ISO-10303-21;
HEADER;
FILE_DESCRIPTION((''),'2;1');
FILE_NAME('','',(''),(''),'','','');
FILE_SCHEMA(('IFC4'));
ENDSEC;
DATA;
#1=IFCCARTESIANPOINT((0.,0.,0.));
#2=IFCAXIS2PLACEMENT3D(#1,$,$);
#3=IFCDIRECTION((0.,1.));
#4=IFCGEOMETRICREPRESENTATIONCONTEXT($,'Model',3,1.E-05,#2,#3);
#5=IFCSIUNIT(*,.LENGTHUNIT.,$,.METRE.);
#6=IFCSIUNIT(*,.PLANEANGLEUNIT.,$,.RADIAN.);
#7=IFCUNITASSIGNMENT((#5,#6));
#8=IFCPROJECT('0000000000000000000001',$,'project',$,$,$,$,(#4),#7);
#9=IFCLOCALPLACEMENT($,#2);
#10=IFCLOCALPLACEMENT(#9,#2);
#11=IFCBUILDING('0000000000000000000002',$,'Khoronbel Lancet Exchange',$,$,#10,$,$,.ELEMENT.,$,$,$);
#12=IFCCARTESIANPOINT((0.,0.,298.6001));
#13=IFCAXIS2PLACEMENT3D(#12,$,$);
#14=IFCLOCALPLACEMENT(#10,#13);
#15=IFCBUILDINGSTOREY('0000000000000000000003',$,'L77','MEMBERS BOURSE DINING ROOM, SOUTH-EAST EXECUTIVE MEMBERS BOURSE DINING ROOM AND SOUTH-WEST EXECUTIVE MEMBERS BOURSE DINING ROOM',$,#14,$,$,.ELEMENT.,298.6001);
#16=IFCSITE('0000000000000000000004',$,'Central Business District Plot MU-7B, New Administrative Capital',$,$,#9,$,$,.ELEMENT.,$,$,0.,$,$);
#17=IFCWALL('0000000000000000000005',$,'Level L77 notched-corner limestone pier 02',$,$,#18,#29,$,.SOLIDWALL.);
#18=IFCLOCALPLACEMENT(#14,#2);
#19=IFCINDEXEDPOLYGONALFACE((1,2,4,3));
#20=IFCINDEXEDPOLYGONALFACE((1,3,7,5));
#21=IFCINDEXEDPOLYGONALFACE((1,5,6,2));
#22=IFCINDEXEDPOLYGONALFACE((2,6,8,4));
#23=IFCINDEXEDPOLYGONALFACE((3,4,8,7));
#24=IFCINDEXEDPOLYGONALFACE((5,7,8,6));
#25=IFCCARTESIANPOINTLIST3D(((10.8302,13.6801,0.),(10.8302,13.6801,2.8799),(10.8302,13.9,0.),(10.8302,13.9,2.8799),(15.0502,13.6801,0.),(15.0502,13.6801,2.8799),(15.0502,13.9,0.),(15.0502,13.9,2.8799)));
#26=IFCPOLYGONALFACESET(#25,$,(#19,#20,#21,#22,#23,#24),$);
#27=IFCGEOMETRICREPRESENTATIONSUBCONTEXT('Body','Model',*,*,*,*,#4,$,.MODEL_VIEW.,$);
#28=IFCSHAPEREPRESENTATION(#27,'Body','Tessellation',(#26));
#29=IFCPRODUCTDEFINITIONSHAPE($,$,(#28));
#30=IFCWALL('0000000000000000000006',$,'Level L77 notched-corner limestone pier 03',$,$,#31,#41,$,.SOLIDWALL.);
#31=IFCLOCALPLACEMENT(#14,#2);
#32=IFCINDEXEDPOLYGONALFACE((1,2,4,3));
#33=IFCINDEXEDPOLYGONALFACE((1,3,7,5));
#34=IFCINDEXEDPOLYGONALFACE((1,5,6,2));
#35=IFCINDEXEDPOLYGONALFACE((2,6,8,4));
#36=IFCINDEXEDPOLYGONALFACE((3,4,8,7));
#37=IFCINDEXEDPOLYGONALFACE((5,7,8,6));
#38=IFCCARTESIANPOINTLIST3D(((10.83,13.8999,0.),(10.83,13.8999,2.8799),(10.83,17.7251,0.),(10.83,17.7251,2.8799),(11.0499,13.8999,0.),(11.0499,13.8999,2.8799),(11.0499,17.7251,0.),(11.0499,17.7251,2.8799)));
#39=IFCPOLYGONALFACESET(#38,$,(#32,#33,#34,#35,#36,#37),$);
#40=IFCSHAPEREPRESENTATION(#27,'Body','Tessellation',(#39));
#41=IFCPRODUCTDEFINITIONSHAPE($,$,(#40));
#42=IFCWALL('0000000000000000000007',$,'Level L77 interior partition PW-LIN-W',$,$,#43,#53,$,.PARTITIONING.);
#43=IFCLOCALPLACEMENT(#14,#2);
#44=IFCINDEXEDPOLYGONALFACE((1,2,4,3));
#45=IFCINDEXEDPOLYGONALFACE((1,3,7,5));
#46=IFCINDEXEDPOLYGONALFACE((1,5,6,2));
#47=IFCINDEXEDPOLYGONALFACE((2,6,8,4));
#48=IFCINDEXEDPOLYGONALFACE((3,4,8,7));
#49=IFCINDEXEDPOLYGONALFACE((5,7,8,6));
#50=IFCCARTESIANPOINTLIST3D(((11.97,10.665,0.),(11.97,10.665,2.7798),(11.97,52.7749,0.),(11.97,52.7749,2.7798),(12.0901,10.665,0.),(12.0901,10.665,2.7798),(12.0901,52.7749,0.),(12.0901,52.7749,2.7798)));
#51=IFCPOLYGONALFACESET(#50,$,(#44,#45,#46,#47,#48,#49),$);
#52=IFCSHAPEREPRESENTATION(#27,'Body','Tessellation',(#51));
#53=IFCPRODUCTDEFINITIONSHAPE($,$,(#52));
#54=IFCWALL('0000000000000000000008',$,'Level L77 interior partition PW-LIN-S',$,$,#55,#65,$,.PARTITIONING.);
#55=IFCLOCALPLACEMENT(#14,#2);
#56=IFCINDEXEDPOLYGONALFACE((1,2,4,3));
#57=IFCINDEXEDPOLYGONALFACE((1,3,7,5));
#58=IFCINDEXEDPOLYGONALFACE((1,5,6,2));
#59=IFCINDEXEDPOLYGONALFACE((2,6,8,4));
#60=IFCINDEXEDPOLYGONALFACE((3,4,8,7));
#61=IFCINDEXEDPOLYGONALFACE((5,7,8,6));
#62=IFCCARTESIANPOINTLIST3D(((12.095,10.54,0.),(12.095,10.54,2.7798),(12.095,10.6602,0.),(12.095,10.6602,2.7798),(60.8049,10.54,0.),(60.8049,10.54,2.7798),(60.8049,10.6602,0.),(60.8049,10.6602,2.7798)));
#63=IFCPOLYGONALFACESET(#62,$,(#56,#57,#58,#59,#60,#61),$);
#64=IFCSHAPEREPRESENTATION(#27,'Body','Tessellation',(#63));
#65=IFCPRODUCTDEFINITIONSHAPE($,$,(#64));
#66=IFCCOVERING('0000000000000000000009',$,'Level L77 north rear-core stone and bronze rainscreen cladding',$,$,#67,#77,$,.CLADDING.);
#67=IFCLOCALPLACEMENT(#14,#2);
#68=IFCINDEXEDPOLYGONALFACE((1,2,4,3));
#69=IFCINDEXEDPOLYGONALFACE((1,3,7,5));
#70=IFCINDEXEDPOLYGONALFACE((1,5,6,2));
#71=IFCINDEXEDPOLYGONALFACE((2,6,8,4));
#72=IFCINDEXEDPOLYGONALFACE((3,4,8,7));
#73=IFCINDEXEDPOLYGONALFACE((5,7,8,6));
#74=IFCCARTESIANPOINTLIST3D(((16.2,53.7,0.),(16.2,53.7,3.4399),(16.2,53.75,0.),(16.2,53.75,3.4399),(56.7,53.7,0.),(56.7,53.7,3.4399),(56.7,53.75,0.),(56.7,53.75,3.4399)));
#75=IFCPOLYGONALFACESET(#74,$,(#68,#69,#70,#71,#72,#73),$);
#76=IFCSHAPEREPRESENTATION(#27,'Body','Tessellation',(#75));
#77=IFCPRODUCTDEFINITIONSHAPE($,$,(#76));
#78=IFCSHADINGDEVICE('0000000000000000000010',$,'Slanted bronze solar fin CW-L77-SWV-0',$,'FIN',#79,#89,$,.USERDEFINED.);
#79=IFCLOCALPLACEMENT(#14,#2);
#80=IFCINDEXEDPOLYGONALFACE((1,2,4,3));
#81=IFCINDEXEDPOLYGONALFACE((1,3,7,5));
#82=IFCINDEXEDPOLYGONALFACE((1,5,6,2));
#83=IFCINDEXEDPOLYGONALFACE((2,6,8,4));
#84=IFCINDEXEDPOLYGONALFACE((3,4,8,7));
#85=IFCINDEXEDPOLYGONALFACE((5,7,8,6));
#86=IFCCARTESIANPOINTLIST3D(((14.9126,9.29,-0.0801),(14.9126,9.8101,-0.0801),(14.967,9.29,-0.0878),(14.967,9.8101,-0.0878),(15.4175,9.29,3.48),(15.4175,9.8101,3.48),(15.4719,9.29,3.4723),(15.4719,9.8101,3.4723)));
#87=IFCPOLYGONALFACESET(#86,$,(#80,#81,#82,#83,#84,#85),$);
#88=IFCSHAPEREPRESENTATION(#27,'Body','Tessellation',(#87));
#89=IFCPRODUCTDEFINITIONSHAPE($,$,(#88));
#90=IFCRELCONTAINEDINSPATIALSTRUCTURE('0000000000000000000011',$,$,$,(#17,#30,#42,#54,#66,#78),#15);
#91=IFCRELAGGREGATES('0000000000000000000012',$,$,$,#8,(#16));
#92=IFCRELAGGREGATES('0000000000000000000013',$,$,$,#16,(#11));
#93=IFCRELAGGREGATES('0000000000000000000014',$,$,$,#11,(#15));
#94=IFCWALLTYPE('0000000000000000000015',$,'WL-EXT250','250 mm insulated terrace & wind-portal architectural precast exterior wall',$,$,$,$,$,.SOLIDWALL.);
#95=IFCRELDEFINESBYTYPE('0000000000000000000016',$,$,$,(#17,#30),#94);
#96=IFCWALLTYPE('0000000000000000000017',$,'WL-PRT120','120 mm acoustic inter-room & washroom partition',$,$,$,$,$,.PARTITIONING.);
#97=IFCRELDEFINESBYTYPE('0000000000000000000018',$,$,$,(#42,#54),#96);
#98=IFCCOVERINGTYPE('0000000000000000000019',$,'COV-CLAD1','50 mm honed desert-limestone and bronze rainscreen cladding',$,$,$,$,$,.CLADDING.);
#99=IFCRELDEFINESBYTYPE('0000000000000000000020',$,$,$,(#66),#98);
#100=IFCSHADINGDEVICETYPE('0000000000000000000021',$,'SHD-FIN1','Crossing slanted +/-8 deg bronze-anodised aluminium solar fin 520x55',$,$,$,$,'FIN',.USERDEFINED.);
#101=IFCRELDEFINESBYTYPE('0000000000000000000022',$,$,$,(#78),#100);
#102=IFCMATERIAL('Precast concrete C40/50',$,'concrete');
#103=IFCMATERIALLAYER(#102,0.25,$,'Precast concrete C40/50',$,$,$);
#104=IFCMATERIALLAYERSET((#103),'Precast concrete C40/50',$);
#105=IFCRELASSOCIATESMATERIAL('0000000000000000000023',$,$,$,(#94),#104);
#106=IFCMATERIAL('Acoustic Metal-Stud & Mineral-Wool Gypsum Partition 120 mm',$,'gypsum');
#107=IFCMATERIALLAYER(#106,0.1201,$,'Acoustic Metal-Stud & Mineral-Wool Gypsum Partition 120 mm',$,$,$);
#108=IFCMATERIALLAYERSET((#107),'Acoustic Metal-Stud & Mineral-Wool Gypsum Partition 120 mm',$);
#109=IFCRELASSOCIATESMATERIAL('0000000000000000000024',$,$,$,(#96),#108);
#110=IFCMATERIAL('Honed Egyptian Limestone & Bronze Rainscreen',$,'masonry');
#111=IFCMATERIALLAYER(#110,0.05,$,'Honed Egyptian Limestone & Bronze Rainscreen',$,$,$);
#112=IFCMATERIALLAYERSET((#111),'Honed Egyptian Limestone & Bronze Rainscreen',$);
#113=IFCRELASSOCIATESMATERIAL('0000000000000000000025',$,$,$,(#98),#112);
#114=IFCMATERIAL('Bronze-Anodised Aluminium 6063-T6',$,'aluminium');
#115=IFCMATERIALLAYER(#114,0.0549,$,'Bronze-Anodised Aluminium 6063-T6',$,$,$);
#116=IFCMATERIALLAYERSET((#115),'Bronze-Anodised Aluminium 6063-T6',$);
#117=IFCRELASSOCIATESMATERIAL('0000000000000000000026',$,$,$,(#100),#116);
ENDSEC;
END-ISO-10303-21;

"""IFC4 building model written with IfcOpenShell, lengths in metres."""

from ifc_helpers import new_model, si_unit, direction, frame, frame_2d, origin, place, context, subcontext, project, spatial, polyline, rectangle, outline, extrude, material, layer, layer_set, type_object, element, save


model = new_model("IFC4")

# Units and contexts
model_context = context("Model", 3, precision=1e-05, world=origin(), true_north=direction((0.0, 1.0)))
body_context = subcontext(model_context, "Body", "Model", "MODEL_VIEW")
ifc_project = project(units=[si_unit("LENGTHUNIT", "METRE"), si_unit("PLANEANGLEUNIT", "RADIAN")], contexts=[model_context])

# Site, building, storey
site_placement = place(None, origin())
site = spatial("IfcSite", under=ifc_project, at=site_placement, Name="Central Business District Plot MU-7B, New Administrative Capital", CompositionType="ELEMENT", RefElevation=0.0)
building_placement = place(site_placement, origin())
building = spatial("IfcBuilding", under=site, at=building_placement, Name="Khoronbel Lancet Exchange", CompositionType="ELEMENT")
storey_placement = place(building_placement, frame((0.0, 0.0, 298.6001)))
storey = spatial("IfcBuildingStorey", under=building, at=storey_placement, Name="L77", Description="MEMBERS BOURSE DINING ROOM, SOUTH-EAST EXECUTIVE MEMBERS BOURSE DINING ROOM AND SOUTH-WEST EXECUTIVE MEMBERS BOURSE DINING ROOM", CompositionType="ELEMENT", Elevation=298.6001)

# Shared definitions
ifc_material_1 = material(Name="Bronze-Anodised Aluminium 6063-T6", Category="aluminium")

# Walls
ifc_material_2 = material(Name="Precast concrete C40/50", Category="concrete")
ifc_layer_1 = layer(ifc_material_2, 0.25, Name="Precast concrete C40/50")
ifc_layer_set_1 = layer_set([ifc_layer_1], Name="Precast concrete C40/50")
wall_type_1 = type_object("IfcWallType", Name="WL-EXT250", Description="250 mm insulated terrace & wind-portal architectural precast exterior wall", PredefinedType="SOLIDWALL", material=ifc_layer_set_1)
wall_1_placement = place(storey_placement, frame((15.05, 13.79, 0.0), z_axis=(0.0, 0.0, 1.0), x_axis=(-1.0, 0.0, 0.0)))
element("IfcWall", 1, at=wall_1_placement, inside=storey, type_object=wall_type_1, Name="Level L77 notched-corner limestone pier 02", PredefinedType="SOLIDWALL", context=body_context, shape_type="SweptSolid", body=[
    extrude(rectangle(XDim=4.22, YDim=0.22, at=frame_2d((2.1099, 0.0))), origin(), (0.0, 0.0, 1.0), 2.8799),
])
wall_2_placement = place(storey_placement, frame((10.9399, 13.8999, 0.0), z_axis=(0.0, 0.0, 1.0), x_axis=(0.0, 1.0, 0.0)))
element("IfcWall", 2, at=wall_2_placement, inside=storey, type_object=wall_type_1, Name="Level L77 notched-corner limestone pier 03", PredefinedType="SOLIDWALL", context=body_context, shape_type="SweptSolid", body=[
    extrude(rectangle(XDim=3.8252, YDim=0.22, at=frame_2d((1.9126, 0.0))), origin(), (0.0, 0.0, 1.0), 2.8799),
])
ifc_material_3 = material(Name="Acoustic Metal-Stud & Mineral-Wool Gypsum Partition 120 mm", Category="gypsum")
ifc_layer_2 = layer(ifc_material_3, 0.1201, Name="Acoustic Metal-Stud & Mineral-Wool Gypsum Partition 120 mm")
ifc_layer_set_2 = layer_set([ifc_layer_2], Name="Acoustic Metal-Stud & Mineral-Wool Gypsum Partition 120 mm")
wall_type_2 = type_object("IfcWallType", Name="WL-PRT120", Description="120 mm acoustic inter-room & washroom partition", PredefinedType="PARTITIONING", material=ifc_layer_set_2)
wall_3_placement = place(storey_placement, frame((12.03, 10.665, 0.0), z_axis=(0.0, 0.0, 1.0), x_axis=(0.0, 1.0, 0.0)))
element("IfcWall", 3, at=wall_3_placement, inside=storey, type_object=wall_type_2, Name="Level L77 interior partition PW-LIN-W", PredefinedType="PARTITIONING", context=body_context, shape_type="SweptSolid", body=[
    extrude(rectangle(XDim=42.1099, YDim=0.1201, at=frame_2d((21.0549, 0.0))), origin(), (0.0, 0.0, 1.0), 2.7798),
])
wall_4_placement = place(storey_placement, frame((12.095, 10.6001, 0.0), z_axis=(0.0, 0.0, 1.0), x_axis=(1.0, 0.0, 0.0)))
element("IfcWall", 4, at=wall_4_placement, inside=storey, type_object=wall_type_2, Name="Level L77 interior partition PW-LIN-S", PredefinedType="PARTITIONING", context=body_context, shape_type="SweptSolid", body=[
    extrude(rectangle(XDim=48.71, YDim=0.1201, at=frame_2d((24.355, 0.0))), origin(), (0.0, 0.0, 1.0), 2.7798),
])

# Covering
ifc_material_4 = material(Name="Honed Egyptian Limestone & Bronze Rainscreen", Category="masonry")
ifc_layer_3 = layer(ifc_material_4, 0.05, Name="Honed Egyptian Limestone & Bronze Rainscreen")
ifc_layer_set_3 = layer_set([ifc_layer_3], Name="Honed Egyptian Limestone & Bronze Rainscreen")
covering_type = type_object("IfcCoveringType", Name="COV-CLAD1", Description="50 mm honed desert-limestone and bronze rainscreen cladding", PredefinedType="CLADDING", material=ifc_layer_set_3)
covering_placement = place(storey_placement, origin())
element("IfcCovering", 5, at=covering_placement, inside=storey, type_object=covering_type, Name="Level L77 north rear-core stone and bronze rainscreen cladding", PredefinedType="CLADDING", context=body_context, shape_type="SweptSolid", body=[
    extrude(outline(polyline([(16.2, 53.7), (56.7, 53.7), (56.7, 53.75), (16.2, 53.75), (16.2, 53.7)])), origin(), (0.0, 0.0, 1.0), 3.4399),
])

# Shading device
ifc_layer_4 = layer(ifc_material_1, 0.0549, Name="Bronze-Anodised Aluminium 6063-T6")
ifc_layer_set_4 = layer_set([ifc_layer_4], Name="Bronze-Anodised Aluminium 6063-T6")
shading_device_type = type_object("IfcShadingDeviceType", Name="SHD-FIN1", Description="Crossing slanted +/-8 deg bronze-anodised aluminium solar fin 520x55", ElementType="FIN", PredefinedType="USERDEFINED", material=ifc_layer_set_4)
shading_device_placement = place(storey_placement, frame((14.9126, 9.8101, -0.0801), z_axis=(-0.990093, 0.0, 0.140414), x_axis=(0.0, -1.0, 0.0)))
element("IfcShadingDevice", 6, at=shading_device_placement, inside=storey, type_object=shading_device_type, Name="Slanted bronze solar fin CW-L77-SWV-0", ObjectType="FIN", PredefinedType="USERDEFINED", context=body_context, shape_type="SweptSolid", body=[
    extrude(outline(polyline([(0.0, 0.0), (0.52, 0.0), (0.52, 3.5957), (0.0, 3.5957), (0.0, 0.0)])), origin(), (0.0, 0.0, -1.0), 0.0549),
])

save(model, "model.ifc")
